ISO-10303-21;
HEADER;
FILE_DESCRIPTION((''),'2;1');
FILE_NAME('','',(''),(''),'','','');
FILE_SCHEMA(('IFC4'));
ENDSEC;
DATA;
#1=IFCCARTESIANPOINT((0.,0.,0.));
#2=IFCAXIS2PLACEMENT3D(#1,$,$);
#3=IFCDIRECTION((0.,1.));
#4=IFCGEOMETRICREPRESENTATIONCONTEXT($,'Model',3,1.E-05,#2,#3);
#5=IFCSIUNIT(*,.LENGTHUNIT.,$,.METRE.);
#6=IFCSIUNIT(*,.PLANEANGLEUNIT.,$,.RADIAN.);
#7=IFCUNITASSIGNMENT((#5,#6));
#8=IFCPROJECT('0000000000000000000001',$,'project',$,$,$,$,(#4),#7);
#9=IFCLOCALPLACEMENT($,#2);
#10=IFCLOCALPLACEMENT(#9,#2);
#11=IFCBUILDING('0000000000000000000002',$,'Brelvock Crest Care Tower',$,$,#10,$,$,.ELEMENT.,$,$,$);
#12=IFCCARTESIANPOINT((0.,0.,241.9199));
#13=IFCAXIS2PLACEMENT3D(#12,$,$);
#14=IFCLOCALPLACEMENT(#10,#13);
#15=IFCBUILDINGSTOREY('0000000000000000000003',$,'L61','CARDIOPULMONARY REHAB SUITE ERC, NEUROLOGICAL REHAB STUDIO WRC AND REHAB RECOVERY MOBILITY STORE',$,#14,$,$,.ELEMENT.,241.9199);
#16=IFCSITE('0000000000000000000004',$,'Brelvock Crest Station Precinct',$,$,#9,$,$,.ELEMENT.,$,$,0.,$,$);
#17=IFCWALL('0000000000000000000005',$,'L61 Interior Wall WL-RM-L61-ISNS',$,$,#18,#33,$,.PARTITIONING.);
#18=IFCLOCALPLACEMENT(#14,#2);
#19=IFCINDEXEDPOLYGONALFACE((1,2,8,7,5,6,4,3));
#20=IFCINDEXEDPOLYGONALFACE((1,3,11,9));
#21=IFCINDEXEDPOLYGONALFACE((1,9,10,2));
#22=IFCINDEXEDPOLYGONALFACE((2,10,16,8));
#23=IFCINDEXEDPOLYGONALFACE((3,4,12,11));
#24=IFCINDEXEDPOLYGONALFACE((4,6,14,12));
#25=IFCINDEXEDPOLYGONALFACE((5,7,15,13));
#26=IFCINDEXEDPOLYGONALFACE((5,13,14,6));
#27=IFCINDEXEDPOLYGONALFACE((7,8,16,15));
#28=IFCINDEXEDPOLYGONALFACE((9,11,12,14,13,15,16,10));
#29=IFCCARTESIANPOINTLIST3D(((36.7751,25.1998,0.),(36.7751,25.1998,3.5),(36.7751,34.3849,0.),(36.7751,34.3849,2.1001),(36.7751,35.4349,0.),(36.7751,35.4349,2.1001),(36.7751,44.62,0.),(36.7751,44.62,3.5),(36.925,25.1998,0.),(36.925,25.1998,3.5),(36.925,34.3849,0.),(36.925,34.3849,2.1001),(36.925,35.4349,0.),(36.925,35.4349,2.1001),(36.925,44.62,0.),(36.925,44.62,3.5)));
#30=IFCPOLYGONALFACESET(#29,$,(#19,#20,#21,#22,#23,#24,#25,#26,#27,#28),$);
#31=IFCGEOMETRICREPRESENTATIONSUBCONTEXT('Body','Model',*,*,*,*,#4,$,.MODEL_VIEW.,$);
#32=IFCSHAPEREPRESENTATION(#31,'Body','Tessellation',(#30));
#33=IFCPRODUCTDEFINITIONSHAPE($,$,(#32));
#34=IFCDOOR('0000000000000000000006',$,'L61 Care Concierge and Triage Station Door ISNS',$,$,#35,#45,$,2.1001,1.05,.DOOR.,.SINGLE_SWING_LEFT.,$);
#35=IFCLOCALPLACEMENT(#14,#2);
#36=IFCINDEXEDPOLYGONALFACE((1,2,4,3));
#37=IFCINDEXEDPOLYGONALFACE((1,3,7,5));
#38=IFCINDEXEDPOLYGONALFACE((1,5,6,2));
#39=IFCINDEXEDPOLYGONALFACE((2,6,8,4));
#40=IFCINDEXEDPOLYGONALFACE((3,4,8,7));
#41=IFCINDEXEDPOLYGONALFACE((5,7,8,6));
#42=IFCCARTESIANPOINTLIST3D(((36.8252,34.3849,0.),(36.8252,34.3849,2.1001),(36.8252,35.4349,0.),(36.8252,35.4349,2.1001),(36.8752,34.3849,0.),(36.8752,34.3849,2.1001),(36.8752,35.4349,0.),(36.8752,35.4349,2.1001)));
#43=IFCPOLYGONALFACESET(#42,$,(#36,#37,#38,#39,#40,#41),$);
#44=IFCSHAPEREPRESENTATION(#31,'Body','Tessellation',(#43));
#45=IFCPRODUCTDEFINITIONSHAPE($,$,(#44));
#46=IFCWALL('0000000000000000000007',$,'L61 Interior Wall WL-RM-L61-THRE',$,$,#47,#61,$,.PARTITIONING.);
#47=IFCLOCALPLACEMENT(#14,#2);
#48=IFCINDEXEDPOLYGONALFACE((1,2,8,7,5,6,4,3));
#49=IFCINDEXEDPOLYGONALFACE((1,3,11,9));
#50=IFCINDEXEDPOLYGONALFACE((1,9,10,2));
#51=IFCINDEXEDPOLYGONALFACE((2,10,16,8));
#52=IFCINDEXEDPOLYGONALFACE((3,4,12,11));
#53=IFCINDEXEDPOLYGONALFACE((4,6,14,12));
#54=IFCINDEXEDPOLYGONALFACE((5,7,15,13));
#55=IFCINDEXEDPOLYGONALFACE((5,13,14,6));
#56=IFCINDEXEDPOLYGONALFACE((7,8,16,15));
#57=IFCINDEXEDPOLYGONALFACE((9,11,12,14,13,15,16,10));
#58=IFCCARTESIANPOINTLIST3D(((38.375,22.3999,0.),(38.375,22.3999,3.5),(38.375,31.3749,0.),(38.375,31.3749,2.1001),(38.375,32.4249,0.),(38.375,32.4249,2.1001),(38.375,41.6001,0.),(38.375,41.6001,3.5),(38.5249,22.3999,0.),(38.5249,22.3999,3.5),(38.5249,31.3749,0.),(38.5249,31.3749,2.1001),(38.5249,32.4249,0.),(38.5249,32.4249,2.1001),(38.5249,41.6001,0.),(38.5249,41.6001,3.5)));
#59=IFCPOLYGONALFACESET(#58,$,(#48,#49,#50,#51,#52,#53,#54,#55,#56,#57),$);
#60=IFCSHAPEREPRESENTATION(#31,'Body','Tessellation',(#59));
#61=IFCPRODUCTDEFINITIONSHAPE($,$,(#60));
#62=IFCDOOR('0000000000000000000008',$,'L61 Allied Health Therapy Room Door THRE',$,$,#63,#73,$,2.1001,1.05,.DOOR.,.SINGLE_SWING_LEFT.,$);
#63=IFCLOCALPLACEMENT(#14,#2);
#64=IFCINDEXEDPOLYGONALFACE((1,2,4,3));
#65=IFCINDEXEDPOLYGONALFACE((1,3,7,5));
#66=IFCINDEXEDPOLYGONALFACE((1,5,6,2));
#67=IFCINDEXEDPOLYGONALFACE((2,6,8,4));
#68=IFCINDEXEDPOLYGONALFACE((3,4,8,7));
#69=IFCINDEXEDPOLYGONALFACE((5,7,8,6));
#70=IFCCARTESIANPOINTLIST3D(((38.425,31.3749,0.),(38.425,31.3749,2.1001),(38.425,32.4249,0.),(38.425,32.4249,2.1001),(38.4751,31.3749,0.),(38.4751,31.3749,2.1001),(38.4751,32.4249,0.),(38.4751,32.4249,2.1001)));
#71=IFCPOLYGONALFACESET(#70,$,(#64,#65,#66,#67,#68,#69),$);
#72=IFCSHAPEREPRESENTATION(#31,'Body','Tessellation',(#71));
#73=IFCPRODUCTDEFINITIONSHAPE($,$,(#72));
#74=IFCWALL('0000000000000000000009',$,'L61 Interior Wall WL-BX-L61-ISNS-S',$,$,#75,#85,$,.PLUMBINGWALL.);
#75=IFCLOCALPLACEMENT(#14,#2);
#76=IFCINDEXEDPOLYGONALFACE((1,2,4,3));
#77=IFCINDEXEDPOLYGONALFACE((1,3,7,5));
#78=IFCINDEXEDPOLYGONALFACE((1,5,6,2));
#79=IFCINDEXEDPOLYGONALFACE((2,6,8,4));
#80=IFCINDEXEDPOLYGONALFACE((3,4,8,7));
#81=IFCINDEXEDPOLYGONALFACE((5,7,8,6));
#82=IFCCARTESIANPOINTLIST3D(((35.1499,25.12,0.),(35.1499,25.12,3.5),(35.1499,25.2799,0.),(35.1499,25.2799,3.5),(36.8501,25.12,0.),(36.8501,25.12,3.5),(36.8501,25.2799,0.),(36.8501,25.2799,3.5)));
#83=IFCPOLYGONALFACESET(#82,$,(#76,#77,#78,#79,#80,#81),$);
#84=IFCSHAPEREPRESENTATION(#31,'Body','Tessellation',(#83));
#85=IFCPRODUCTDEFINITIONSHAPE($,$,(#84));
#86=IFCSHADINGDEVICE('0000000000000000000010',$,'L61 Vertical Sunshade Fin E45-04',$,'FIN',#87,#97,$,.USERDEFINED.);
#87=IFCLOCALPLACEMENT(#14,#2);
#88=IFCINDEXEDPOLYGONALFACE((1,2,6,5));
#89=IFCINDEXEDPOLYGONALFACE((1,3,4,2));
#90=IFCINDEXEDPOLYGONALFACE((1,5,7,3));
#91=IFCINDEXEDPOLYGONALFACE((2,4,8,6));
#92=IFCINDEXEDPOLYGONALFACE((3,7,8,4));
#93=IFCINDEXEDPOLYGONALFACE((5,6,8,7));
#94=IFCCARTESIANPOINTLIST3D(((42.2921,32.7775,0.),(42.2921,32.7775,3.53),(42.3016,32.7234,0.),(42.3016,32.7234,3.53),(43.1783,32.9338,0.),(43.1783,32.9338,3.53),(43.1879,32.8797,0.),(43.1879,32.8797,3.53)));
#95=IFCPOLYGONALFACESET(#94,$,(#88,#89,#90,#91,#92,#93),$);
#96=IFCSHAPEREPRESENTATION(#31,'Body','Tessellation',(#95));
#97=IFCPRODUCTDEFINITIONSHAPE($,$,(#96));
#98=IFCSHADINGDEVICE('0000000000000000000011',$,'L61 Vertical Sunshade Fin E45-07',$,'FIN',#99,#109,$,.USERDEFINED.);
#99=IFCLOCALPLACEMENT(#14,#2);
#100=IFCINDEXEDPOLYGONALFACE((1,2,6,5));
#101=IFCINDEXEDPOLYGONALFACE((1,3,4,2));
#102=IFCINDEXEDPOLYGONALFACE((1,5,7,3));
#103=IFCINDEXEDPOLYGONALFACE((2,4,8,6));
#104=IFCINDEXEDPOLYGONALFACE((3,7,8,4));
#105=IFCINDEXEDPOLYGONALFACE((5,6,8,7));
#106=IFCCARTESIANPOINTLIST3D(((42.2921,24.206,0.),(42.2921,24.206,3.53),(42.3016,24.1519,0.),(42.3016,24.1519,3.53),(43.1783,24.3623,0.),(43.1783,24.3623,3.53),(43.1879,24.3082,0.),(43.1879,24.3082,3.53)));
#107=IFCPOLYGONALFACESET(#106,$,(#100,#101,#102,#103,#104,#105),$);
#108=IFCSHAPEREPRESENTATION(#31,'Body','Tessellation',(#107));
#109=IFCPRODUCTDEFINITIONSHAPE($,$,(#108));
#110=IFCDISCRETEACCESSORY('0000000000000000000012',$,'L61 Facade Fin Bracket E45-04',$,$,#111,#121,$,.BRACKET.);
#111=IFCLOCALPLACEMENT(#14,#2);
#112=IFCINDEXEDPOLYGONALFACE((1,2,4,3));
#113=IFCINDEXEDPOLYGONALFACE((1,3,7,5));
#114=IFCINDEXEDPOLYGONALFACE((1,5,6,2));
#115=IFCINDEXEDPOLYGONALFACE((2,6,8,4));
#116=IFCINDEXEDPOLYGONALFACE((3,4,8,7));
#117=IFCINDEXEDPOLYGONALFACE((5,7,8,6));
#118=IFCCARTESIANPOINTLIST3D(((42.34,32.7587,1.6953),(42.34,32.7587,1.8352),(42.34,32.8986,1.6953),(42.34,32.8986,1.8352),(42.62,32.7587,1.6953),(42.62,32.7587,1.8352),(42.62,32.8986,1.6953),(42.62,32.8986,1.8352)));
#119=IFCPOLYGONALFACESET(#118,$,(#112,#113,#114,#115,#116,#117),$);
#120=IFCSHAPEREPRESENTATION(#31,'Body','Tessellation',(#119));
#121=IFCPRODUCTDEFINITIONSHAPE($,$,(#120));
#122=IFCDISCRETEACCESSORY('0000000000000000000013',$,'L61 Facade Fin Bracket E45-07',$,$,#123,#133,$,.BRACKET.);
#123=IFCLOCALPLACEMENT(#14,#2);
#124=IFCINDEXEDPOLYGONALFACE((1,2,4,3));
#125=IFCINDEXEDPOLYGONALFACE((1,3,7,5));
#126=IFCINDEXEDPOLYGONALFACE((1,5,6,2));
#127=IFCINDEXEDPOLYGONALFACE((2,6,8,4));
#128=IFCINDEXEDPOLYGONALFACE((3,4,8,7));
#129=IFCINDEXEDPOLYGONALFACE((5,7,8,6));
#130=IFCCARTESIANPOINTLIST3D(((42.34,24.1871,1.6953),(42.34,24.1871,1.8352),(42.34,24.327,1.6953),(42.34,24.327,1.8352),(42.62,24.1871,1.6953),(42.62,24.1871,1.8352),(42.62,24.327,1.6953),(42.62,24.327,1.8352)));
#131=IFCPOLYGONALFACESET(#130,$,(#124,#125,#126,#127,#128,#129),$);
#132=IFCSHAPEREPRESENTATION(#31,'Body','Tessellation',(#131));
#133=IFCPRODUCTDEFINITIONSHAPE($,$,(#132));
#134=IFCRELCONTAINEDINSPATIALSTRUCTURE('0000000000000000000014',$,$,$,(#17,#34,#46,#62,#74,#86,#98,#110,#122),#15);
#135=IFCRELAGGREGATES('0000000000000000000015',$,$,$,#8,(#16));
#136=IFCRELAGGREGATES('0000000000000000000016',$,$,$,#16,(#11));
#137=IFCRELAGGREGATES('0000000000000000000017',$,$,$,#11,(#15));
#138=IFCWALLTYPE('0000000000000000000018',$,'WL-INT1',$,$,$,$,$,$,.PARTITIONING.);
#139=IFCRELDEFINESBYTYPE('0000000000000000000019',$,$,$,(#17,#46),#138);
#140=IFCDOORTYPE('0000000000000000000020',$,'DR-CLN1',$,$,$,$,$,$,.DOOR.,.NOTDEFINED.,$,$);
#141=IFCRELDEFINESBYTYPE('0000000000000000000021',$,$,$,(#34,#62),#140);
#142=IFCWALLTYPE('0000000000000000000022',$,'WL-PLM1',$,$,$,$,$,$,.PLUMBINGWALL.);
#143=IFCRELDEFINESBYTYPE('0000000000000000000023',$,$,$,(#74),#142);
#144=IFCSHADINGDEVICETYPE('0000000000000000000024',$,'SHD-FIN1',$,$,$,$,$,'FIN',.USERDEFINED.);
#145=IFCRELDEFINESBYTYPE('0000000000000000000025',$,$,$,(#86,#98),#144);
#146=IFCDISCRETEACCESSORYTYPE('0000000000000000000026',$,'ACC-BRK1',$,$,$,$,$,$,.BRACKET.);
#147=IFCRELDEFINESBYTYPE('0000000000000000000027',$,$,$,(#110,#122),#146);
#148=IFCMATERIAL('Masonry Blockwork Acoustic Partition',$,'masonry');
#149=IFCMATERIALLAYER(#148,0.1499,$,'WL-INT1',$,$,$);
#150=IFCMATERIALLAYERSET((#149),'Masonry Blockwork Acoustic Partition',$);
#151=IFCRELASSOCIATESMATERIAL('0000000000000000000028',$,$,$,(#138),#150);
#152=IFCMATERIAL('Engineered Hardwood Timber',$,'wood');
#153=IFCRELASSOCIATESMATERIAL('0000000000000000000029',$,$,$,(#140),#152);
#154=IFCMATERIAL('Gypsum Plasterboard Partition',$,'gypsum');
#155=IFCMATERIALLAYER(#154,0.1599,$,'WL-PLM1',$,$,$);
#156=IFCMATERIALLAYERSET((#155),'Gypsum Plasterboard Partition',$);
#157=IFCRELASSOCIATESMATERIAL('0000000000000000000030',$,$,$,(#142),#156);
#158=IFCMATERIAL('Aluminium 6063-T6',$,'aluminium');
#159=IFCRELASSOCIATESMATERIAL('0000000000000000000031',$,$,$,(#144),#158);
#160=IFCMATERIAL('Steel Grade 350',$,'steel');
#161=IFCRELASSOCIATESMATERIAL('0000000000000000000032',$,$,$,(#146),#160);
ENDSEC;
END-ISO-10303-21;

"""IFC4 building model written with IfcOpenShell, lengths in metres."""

from ifc_helpers import new_model, si_unit, direction, frame, frame_2d, origin, origin_2d, place, context, subcontext, project, spatial, rectangle, extrude, source, transform, mapped, material, layer, layer_set, material_profile, profile_set, type_object, element, fill, save


model = new_model("IFC4")

# Units and contexts
model_context = context("Model", 3, precision=1e-05, world=origin(), true_north=direction((0.0, 1.0)))
body_context = subcontext(model_context, "Body", "Model", "MODEL_VIEW")
ifc_project = project(units=[si_unit("LENGTHUNIT", "METRE"), si_unit("PLANEANGLEUNIT", "RADIAN")], contexts=[model_context])

# Site, building, storey
site_placement = place(None, origin())
site = spatial("IfcSite", under=ifc_project, at=site_placement, Name="Brelvock Crest Station Precinct", CompositionType="ELEMENT", RefElevation=0.0)
building_placement = place(site_placement, origin())
building = spatial("IfcBuilding", under=site, at=building_placement, Name="Brelvock Crest Care Tower", CompositionType="ELEMENT")
storey_placement = place(building_placement, frame((0.0, 0.0, 241.9199)))
storey = spatial("IfcBuildingStorey", under=building, at=storey_placement, Name="L61", Description="CARDIOPULMONARY REHAB SUITE ERC, NEUROLOGICAL REHAB STUDIO WRC AND REHAB RECOVERY MOBILITY STORE", CompositionType="ELEMENT", Elevation=241.9199)

# Shared definitions
ifc_material_1 = material(Name="Aluminium 6063-T6", Category="aluminium")

# Shared definitions
ifc_material_2 = material(Name="Masonry Blockwork Acoustic Partition", Category="masonry")
ifc_layer_1 = layer(ifc_material_2, 0.1499, Name="WL-INT1")
ifc_layer_set_1 = layer_set([ifc_layer_1], Name="Masonry Blockwork Acoustic Partition")
wall_type_1 = type_object("IfcWallType", Name="WL-INT1", PredefinedType="PARTITIONING", material=ifc_layer_set_1)

# Walls, openings, doors
wall_1_placement = place(storey_placement, frame((36.8501, 25.2, 0.0), z_axis=(0.0, 0.0, 1.0), x_axis=(0.0, 1.0, 0.0)))
wall_1 = element("IfcWall", 1, at=wall_1_placement, inside=storey, type_object=wall_type_1, Name="L61 Interior Wall WL-RM-L61-ISNS", PredefinedType="PARTITIONING", context=body_context, shape_type="SweptSolid", body=[
    extrude(rectangle(XDim=19.4202, YDim=0.1499, at=frame_2d((9.71, 0.0))), origin(), (0.0, 0.0, 1.0), 3.5),
])
opening_1_placement = place(wall_1_placement, frame((9.1851, 0.0, 0.0)))
opening_1 = element("IfcOpeningElement", 2, at=opening_1_placement, cuts=wall_1, PredefinedType="OPENING", context=body_context, shape_type="SweptSolid", body=[
    extrude(rectangle(XDim=1.05, YDim=2.1001, at=origin_2d()), frame((0.5249, 0.085, 1.05), z_axis=(0.0, -1.0, 0.0), x_axis=(1.0, 0.0, 0.0)), (0.0, 0.0, 1.0), 0.1699),
])
ifc_material_3 = material(Name="Engineered Hardwood Timber", Category="wood")
door_type = type_object("IfcDoorType", Name="DR-CLN1", OperationType="NOTDEFINED", PredefinedType="DOOR", material=ifc_material_3)
shared_shape_1 = source(origin(), body_context, "Body", "SweptSolid", [
    extrude(rectangle(XDim=1.05, YDim=2.1001, at=origin_2d()), frame((0.5249, 0.0249, 1.05), z_axis=(0.0, -1.0, 0.0), x_axis=(1.0, 0.0, 0.0)), (0.0, 0.0, 1.0), 0.05),
])
door_1_placement = place(opening_1_placement, origin())
door_1 = element("IfcDoor", 3, at=door_1_placement, inside=storey, type_object=door_type, Name="L61 Care Concierge and Triage Station Door ISNS", OperationType="SINGLE_SWING_LEFT", OverallHeight=2.1001, OverallWidth=1.05, PredefinedType="DOOR", context=body_context, shape_type="MappedRepresentation", body=[
    mapped(shared_shape_1, transform((0.0, 0.0, 0.0), x_axis=(1.0, 0.0, 0.0), y_axis=(0.0, 1.0, 0.0), z_axis=(0.0, 0.0, 1.0), scale=1.0)),
])
fill(opening_1, door_1)
wall_2_placement = place(storey_placement, frame((38.45, 22.3999, 0.0), z_axis=(0.0, 0.0, 1.0), x_axis=(0.0, 1.0, 0.0)))
wall_2 = element("IfcWall", 4, at=wall_2_placement, inside=storey, type_object=wall_type_1, Name="L61 Interior Wall WL-RM-L61-THRE", PredefinedType="PARTITIONING", context=body_context, shape_type="SweptSolid", body=[
    extrude(rectangle(XDim=19.2002, YDim=0.1499, at=frame_2d((9.6001, 0.0))), origin(), (0.0, 0.0, 1.0), 3.5),
])
opening_2_placement = place(wall_2_placement, frame((8.9751, 0.0, 0.0)))
opening_2 = element("IfcOpeningElement", 5, at=opening_2_placement, cuts=wall_2, PredefinedType="OPENING", context=body_context, shape_type="SweptSolid", body=[
    extrude(rectangle(XDim=1.05, YDim=2.1001, at=origin_2d()), frame((0.5249, 0.085, 1.05), z_axis=(0.0, -1.0, 0.0), x_axis=(1.0, 0.0, 0.0)), (0.0, 0.0, 1.0), 0.1699),
])
door_2_placement = place(opening_2_placement, origin())
door_2 = element("IfcDoor", 6, at=door_2_placement, inside=storey, type_object=door_type, Name="L61 Allied Health Therapy Room Door THRE", OperationType="SINGLE_SWING_LEFT", OverallHeight=2.1001, OverallWidth=1.05, PredefinedType="DOOR", context=body_context, shape_type="MappedRepresentation", body=[
    mapped(shared_shape_1, transform((0.0, 0.0, 0.0), x_axis=(1.0, 0.0, 0.0), y_axis=(0.0, 1.0, 0.0), z_axis=(0.0, 0.0, 1.0), scale=1.0)),
])
fill(opening_2, door_2)

# Wall
ifc_material_4 = material(Name="Gypsum Plasterboard Partition", Category="gypsum")
ifc_layer_2 = layer(ifc_material_4, 0.1599, Name="WL-PLM1")
ifc_layer_set_2 = layer_set([ifc_layer_2], Name="Gypsum Plasterboard Partition")
wall_type_2 = type_object("IfcWallType", Name="WL-PLM1", PredefinedType="PLUMBINGWALL", material=ifc_layer_set_2)
wall_3_placement = place(storey_placement, frame((35.1499, 25.2, 0.0), z_axis=(0.0, 0.0, 1.0), x_axis=(1.0, 0.0, 0.0)))
element("IfcWall", 7, at=wall_3_placement, inside=storey, type_object=wall_type_2, Name="L61 Interior Wall WL-BX-L61-ISNS-S", PredefinedType="PLUMBINGWALL", context=body_context, shape_type="SweptSolid", body=[
    extrude(rectangle(XDim=1.7002, YDim=0.1599, at=frame_2d((0.8501, 0.0))), origin(), (0.0, 0.0, 1.0), 3.5),
])

# Shading devices
ifc_material_profile_1 = material_profile(ifc_material_1, rectangle(XDim=0.0549, YDim=0.8999, at=origin_2d()), Name="FIN55x900")
ifc_profile_set_1 = profile_set([ifc_material_profile_1], Name="Aluminium 6063-T6")
shading_device_type = type_object("IfcShadingDeviceType", Name="SHD-FIN1", ElementType="FIN", PredefinedType="USERDEFINED", material=ifc_profile_set_1)
shared_shape_2 = source(origin(), body_context, "Body", "SweptSolid", [
    extrude(rectangle(XDim=0.0549, YDim=0.8999, at=origin_2d()), origin(), (0.0, 0.0, 1.0), 3.53),
])
for number, where, z_axis, x_axis, name in (
    (8, (42.74, 32.8286, 0.0), (0.0, 0.0, 1.0), (0.173648, -0.984808, 0.0), "L61 Vertical Sunshade Fin E45-04"),
    (9, (42.74, 24.2571, 0.0), (0.0, 0.0, 1.0), (0.173648, -0.984808, 0.0), "L61 Vertical Sunshade Fin E45-07"),
):
    element("IfcShadingDevice", number, at=place(storey_placement, frame(where, z_axis=z_axis, x_axis=x_axis)), inside=storey, type_object=shading_device_type, Name=name, ObjectType="FIN", PredefinedType="USERDEFINED", context=body_context, shape_type="MappedRepresentation", body=[
        mapped(shared_shape_2, transform((0.0, 0.0, 0.0), x_axis=(1.0, 0.0, 0.0), y_axis=(0.0, 1.0, 0.0), z_axis=(0.0, 0.0, 1.0), scale=1.0)),
    ])

# Discrete accessories
ifc_material_5 = material(Name="Steel Grade 350", Category="steel")
discrete_accessory_type = type_object("IfcDiscreteAccessoryType", Name="ACC-BRK1", PredefinedType="BRACKET", material=ifc_material_5)
shared_shape_3 = source(origin(), body_context, "Body", "SweptSolid", [
    extrude(rectangle(XDim=0.28, YDim=0.1399, at=origin_2d()), origin(), (0.0, 0.0, 1.0), 0.1399),
])
for number, where, z_axis, x_axis, name in (
    (10, (42.48, 32.8286, 1.6953), (0.0, 0.0, 1.0), (1.0, 0.0, 0.0), "L61 Facade Fin Bracket E45-04"),
    (11, (42.48, 24.2571, 1.6953), (0.0, 0.0, 1.0), (1.0, 0.0, 0.0), "L61 Facade Fin Bracket E45-07"),
):
    element("IfcDiscreteAccessory", number, at=place(storey_placement, frame(where, z_axis=z_axis, x_axis=x_axis)), inside=storey, type_object=discrete_accessory_type, Name=name, PredefinedType="BRACKET", context=body_context, shape_type="MappedRepresentation", body=[
        mapped(shared_shape_3, transform((0.0, 0.0, 0.0), x_axis=(1.0, 0.0, 0.0), y_axis=(0.0, 1.0, 0.0), z_axis=(0.0, 0.0, 1.0), scale=1.0)),
    ])

save(model, "model.ifc")
